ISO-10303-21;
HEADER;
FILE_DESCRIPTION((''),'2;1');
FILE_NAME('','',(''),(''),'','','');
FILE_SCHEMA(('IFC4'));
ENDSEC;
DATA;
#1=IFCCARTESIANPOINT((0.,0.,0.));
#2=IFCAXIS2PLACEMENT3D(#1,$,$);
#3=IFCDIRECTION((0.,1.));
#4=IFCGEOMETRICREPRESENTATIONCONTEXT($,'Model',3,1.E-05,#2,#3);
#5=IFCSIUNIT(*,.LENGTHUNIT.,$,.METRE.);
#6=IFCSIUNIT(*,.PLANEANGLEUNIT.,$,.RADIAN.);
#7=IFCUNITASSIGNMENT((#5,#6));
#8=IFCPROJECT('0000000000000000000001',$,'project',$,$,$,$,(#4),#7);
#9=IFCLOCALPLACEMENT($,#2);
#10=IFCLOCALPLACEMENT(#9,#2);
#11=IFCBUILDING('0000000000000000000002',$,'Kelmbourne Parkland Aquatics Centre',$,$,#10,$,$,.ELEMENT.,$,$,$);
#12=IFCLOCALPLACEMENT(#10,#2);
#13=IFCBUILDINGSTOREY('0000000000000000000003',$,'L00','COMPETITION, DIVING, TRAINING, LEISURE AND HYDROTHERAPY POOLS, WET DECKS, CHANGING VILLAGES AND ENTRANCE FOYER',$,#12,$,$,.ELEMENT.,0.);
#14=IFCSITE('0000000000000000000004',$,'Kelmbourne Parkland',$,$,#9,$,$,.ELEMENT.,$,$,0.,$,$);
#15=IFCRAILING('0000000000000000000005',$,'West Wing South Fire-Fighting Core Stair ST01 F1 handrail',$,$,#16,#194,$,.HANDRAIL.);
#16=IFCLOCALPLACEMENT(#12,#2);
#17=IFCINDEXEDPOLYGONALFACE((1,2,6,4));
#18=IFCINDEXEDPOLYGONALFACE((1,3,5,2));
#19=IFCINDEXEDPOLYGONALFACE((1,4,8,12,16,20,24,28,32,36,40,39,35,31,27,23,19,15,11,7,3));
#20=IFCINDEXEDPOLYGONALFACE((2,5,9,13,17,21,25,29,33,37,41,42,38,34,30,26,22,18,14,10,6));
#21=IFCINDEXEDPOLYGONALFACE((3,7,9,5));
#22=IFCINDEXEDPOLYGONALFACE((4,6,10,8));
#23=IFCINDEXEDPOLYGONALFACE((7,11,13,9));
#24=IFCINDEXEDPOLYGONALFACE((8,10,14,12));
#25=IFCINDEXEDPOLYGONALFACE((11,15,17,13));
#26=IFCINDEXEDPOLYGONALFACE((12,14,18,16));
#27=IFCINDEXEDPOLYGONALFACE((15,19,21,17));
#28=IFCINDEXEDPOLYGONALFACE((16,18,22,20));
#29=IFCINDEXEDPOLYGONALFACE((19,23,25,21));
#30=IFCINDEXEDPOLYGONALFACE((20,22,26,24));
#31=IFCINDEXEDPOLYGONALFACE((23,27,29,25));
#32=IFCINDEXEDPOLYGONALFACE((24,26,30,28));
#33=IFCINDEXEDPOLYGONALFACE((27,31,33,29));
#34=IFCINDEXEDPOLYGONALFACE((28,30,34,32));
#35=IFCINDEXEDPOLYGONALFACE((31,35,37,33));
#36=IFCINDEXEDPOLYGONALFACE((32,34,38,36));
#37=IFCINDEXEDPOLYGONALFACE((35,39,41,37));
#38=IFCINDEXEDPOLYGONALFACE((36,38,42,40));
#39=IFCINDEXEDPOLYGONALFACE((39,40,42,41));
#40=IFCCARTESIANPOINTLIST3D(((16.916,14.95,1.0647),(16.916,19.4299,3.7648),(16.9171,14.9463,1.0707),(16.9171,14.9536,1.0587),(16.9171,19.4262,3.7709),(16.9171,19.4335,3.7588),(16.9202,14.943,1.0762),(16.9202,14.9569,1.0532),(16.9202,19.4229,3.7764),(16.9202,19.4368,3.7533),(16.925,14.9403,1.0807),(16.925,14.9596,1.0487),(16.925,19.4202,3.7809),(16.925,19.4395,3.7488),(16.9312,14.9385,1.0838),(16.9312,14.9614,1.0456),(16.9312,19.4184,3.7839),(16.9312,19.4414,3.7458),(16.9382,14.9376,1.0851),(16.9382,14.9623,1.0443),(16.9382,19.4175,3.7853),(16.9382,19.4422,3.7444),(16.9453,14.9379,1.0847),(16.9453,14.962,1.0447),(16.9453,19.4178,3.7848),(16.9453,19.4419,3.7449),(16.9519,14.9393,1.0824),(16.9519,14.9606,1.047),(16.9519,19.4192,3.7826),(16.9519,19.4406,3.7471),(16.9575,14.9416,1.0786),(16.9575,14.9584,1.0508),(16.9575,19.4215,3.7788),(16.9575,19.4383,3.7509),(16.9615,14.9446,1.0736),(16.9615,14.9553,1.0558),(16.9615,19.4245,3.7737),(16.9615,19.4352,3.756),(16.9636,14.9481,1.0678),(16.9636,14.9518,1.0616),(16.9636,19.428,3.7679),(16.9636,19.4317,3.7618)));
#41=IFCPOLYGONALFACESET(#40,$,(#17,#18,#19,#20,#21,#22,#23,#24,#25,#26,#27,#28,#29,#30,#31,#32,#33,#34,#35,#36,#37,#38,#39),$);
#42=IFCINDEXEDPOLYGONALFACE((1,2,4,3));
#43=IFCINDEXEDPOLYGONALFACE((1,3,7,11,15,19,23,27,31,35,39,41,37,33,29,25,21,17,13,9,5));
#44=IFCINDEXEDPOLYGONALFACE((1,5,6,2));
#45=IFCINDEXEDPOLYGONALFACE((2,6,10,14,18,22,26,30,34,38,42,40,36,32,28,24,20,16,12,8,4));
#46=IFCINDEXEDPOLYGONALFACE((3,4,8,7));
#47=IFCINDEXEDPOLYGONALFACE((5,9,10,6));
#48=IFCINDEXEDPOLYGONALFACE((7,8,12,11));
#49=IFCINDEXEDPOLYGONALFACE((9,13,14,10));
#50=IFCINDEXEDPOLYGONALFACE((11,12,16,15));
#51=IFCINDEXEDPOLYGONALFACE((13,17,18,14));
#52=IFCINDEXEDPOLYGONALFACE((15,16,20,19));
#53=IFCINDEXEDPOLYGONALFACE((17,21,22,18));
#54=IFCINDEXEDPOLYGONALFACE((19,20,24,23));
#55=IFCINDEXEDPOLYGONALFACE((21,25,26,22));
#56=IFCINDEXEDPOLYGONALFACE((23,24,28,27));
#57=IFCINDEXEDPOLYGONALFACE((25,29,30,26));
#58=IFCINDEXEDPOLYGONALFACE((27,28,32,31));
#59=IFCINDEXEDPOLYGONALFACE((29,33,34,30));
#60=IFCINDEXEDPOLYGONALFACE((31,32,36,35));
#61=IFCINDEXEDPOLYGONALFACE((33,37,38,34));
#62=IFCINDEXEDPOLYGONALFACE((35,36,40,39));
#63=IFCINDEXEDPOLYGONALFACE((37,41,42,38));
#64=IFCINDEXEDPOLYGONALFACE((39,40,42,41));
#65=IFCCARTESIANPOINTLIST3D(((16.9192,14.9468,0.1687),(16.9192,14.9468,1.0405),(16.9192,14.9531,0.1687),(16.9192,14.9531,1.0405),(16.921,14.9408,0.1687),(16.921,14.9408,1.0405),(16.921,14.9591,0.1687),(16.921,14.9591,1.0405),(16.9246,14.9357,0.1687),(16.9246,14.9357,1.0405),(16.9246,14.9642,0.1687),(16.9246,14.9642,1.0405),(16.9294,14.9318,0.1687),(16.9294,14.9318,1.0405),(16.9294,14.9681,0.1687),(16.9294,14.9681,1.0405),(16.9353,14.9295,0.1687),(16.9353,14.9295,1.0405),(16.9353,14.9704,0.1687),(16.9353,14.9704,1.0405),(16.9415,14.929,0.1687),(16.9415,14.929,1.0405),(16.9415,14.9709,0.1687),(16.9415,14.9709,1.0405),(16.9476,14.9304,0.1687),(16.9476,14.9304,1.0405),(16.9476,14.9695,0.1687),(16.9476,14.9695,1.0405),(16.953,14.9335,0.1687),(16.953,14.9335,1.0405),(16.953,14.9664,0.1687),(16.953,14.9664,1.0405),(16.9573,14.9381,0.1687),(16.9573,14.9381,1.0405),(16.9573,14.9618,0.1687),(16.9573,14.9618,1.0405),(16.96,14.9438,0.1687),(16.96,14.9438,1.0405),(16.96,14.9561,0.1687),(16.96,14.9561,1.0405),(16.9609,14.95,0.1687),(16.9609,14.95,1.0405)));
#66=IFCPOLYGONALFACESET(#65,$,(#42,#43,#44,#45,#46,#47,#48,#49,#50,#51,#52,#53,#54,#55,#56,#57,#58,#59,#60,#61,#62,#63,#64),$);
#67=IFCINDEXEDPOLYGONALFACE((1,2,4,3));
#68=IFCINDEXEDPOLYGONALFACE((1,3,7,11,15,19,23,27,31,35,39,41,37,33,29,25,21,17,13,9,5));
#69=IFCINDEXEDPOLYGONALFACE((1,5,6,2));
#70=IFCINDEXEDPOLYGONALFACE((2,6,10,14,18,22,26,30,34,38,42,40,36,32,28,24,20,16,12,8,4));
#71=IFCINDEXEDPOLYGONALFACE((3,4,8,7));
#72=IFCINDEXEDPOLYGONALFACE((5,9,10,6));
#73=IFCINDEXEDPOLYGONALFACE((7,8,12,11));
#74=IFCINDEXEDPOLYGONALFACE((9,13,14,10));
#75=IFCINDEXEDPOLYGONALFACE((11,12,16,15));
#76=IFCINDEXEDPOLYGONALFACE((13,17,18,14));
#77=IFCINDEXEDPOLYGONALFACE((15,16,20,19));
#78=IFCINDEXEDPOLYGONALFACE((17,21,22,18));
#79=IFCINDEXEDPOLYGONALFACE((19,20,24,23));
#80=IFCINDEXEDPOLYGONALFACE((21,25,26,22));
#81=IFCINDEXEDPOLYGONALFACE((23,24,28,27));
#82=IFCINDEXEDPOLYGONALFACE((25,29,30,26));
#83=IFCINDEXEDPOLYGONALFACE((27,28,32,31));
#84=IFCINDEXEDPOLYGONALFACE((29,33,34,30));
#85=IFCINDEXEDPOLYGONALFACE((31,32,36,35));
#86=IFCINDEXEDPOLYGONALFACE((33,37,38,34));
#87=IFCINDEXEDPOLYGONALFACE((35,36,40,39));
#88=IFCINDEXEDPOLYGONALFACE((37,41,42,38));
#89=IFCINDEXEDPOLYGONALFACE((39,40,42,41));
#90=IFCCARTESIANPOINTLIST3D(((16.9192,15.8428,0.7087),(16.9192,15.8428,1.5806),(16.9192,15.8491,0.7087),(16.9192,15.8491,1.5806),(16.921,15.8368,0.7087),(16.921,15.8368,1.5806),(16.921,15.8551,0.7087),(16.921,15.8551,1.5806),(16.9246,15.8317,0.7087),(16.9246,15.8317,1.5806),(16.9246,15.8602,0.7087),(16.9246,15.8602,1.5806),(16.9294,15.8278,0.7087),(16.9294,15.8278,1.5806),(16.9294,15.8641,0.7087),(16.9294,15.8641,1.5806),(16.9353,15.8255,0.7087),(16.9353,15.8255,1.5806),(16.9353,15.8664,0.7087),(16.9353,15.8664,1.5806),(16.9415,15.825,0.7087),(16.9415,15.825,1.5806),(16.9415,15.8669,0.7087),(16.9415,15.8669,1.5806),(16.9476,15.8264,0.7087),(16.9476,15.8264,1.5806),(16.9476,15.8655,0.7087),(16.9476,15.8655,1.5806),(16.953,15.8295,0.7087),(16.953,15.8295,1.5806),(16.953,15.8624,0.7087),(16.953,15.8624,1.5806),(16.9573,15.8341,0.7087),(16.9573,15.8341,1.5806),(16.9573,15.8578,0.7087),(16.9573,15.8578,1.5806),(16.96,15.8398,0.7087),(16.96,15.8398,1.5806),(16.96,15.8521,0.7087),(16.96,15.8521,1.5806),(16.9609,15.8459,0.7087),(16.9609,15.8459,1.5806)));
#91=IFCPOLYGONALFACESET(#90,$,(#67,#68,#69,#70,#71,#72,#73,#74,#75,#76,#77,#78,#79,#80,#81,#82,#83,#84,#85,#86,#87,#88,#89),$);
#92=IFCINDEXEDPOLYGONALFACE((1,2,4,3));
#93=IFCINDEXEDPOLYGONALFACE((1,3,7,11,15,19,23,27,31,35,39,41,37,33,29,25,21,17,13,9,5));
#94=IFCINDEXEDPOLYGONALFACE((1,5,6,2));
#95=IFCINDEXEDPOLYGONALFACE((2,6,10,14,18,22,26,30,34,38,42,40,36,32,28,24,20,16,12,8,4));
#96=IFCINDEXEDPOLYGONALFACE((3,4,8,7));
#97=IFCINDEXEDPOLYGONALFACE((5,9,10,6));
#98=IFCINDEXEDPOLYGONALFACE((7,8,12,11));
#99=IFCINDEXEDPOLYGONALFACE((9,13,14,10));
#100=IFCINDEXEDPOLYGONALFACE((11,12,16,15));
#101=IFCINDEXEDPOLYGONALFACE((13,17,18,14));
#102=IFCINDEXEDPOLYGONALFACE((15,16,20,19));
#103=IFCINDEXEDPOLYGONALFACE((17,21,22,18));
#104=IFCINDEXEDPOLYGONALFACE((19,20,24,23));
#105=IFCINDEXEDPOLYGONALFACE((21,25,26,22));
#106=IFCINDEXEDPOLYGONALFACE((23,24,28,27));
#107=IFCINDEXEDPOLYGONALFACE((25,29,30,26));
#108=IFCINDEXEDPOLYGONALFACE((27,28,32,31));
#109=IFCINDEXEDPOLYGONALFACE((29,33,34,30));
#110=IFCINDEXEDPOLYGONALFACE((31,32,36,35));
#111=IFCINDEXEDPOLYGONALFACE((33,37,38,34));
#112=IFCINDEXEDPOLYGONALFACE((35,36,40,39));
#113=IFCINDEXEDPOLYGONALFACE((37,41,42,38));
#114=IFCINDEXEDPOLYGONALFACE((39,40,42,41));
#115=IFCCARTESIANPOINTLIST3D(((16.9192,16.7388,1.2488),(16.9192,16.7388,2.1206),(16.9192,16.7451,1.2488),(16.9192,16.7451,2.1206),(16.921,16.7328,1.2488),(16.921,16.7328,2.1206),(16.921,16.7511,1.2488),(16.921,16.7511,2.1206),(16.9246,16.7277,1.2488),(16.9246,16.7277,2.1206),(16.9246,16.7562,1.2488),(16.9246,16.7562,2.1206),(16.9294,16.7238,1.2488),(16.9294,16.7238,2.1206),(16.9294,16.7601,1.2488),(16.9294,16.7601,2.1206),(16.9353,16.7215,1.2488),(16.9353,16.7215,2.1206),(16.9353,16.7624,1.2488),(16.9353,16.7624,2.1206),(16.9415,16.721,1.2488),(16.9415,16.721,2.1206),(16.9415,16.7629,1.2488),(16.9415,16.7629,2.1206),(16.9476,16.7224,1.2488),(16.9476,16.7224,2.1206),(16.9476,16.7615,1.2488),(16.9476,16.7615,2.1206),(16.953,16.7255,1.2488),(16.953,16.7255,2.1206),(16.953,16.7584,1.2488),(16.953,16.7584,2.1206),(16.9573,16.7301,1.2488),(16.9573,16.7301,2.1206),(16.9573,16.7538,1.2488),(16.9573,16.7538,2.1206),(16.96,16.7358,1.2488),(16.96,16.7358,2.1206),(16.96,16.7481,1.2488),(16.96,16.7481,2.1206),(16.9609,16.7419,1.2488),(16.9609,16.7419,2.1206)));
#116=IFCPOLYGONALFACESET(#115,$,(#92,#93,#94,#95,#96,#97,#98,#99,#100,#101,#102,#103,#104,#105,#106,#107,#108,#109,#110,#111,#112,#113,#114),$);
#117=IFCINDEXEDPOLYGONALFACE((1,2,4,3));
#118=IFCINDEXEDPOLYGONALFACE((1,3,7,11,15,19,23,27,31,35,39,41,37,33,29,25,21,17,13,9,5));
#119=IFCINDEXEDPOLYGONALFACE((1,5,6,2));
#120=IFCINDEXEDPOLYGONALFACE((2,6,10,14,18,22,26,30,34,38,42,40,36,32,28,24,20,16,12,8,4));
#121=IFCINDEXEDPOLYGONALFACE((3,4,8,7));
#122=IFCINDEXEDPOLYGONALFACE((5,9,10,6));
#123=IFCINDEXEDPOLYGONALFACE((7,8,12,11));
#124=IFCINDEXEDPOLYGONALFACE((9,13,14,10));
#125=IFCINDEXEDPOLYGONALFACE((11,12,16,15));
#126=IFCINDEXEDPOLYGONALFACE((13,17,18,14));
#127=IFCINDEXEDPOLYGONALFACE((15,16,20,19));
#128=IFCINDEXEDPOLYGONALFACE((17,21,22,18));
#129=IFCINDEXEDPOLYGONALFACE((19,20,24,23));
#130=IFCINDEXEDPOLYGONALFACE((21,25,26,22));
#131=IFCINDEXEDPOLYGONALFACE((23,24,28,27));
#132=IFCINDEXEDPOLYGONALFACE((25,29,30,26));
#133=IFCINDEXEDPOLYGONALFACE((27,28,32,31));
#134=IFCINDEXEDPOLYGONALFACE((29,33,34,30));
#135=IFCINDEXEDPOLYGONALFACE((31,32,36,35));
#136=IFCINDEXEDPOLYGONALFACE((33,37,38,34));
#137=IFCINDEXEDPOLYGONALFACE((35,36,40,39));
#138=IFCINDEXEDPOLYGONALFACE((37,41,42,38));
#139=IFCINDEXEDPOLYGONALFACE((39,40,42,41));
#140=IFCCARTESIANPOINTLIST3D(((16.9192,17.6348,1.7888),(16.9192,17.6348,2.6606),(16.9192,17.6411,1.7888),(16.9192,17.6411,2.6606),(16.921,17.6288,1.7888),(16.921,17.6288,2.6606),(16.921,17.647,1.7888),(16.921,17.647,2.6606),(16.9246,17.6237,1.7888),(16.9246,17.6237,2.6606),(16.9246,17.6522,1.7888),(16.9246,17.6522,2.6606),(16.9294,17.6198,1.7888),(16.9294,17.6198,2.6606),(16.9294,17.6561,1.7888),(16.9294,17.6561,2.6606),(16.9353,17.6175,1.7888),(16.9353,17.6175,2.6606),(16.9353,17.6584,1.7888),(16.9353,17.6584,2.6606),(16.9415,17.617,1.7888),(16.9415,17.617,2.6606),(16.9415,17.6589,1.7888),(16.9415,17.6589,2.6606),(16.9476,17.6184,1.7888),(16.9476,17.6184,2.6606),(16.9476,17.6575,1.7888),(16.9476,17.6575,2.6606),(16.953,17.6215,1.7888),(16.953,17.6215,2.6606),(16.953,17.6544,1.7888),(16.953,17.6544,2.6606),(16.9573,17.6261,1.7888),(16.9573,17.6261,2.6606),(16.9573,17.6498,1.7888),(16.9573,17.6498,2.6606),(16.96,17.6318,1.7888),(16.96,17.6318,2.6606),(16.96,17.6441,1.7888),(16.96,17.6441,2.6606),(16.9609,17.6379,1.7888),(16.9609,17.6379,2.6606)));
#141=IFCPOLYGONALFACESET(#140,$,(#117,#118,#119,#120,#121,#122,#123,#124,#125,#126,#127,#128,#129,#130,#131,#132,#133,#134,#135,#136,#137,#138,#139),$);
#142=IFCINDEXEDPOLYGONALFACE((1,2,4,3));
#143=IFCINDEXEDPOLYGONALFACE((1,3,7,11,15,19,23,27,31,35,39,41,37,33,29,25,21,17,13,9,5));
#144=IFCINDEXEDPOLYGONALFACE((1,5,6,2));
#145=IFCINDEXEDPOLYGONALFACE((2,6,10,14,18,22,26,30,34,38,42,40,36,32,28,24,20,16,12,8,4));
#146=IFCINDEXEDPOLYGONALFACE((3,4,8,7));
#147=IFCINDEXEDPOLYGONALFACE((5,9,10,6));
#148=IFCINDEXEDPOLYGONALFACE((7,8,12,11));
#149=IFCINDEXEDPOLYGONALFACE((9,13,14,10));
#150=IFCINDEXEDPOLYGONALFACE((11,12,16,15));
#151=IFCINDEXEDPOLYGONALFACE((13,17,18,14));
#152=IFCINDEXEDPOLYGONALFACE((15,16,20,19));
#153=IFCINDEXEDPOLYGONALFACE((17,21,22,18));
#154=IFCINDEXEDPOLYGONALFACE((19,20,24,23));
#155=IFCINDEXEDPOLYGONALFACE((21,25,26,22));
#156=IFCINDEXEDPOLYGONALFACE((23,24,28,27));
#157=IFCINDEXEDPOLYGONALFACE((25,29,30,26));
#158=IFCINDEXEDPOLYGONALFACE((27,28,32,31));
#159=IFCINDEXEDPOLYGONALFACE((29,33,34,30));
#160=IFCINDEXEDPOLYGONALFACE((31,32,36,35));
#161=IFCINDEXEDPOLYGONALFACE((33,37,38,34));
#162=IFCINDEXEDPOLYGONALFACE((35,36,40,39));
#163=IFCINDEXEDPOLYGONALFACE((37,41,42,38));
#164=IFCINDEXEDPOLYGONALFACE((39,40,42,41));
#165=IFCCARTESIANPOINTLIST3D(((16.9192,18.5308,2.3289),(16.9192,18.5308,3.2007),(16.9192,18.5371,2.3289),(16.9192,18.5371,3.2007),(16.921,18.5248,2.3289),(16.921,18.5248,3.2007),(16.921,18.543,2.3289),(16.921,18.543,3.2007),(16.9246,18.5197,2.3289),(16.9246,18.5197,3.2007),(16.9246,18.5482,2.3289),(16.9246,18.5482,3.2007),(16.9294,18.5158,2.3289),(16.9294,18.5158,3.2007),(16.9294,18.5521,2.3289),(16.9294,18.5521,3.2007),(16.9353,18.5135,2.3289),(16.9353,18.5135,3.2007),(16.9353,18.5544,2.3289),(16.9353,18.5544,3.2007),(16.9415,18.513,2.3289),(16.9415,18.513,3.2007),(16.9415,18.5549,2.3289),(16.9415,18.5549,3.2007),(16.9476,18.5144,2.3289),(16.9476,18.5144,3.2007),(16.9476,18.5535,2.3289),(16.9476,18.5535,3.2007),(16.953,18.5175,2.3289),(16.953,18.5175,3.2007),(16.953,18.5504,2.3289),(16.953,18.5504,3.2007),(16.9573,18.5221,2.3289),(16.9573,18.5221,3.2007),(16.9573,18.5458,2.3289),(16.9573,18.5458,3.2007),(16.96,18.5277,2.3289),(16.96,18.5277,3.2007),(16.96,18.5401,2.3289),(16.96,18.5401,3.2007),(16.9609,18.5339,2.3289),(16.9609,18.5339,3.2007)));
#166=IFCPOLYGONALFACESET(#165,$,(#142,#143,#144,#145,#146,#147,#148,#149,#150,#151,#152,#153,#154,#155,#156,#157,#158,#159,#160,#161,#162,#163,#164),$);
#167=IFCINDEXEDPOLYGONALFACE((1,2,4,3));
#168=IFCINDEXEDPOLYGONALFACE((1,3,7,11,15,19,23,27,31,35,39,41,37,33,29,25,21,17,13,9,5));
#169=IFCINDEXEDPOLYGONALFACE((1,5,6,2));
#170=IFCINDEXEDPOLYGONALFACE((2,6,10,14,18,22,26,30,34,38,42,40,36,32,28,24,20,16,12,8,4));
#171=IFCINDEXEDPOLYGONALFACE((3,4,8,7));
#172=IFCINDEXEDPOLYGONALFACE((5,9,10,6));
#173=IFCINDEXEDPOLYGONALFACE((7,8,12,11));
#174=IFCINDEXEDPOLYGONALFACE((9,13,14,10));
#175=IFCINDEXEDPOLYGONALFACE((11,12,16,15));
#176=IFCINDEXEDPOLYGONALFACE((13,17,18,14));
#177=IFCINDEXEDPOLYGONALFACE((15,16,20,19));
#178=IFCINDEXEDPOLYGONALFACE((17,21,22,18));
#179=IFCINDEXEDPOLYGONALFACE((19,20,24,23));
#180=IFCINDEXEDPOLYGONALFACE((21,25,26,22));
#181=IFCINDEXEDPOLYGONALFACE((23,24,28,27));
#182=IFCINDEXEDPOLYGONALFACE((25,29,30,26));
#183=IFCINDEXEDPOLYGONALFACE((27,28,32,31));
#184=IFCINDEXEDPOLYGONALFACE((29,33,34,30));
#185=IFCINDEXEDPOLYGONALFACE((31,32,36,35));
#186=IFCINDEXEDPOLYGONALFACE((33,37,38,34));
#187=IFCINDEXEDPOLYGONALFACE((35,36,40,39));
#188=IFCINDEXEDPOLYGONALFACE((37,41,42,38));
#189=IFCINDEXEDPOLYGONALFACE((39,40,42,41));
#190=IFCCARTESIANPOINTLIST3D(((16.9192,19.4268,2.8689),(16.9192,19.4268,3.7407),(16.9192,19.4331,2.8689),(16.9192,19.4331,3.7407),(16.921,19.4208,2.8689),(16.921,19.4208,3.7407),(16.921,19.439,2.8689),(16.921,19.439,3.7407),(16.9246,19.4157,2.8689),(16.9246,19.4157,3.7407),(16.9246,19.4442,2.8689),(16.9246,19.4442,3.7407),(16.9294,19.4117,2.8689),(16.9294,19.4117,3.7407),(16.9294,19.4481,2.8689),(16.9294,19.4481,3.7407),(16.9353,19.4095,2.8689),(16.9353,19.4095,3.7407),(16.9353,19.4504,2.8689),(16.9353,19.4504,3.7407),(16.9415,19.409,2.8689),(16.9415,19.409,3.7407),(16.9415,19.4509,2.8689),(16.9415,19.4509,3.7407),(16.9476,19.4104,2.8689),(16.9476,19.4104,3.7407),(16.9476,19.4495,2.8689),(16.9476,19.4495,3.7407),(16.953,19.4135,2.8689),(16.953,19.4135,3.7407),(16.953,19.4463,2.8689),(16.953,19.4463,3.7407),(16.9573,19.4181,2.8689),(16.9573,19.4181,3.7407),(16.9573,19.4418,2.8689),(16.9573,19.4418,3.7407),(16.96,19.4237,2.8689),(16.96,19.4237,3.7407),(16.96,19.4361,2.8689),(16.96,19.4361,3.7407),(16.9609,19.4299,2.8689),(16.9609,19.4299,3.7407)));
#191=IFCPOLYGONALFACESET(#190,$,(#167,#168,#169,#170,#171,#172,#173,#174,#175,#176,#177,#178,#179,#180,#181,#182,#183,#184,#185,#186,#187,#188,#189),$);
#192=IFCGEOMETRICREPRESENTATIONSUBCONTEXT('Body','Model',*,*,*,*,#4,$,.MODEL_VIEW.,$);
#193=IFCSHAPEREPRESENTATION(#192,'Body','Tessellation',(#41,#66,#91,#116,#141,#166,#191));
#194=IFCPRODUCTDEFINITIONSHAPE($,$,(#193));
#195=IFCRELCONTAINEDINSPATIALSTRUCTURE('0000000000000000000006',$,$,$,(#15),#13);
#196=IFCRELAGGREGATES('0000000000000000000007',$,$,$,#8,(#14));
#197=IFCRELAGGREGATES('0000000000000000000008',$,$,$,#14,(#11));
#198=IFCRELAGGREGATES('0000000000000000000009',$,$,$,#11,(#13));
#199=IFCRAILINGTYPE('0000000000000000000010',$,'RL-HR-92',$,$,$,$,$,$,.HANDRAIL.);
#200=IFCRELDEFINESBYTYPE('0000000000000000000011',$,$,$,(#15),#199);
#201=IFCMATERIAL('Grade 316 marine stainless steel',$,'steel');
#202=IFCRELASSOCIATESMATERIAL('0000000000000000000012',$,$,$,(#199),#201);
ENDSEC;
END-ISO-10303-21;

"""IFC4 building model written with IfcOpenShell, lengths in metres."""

from ifc_helpers import new_model, si_unit, direction, frame, origin, origin_2d, place, context, subcontext, project, spatial, circle, extrude, material, type_object, element, save


model = new_model("IFC4")

# Units and contexts
model_context = context("Model", 3, precision=1e-05, world=origin(), true_north=direction((0.0, 1.0)))
body_context = subcontext(model_context, "Body", "Model", "MODEL_VIEW")
ifc_project = project(units=[si_unit("LENGTHUNIT", "METRE"), si_unit("PLANEANGLEUNIT", "RADIAN")], contexts=[model_context])

# Site, building, storey
site_placement = place(None, origin())
site = spatial("IfcSite", under=ifc_project, at=site_placement, Name="Kelmbourne Parkland", CompositionType="ELEMENT", RefElevation=0.0)
building_placement = place(site_placement, origin())
building = spatial("IfcBuilding", under=site, at=building_placement, Name="Kelmbourne Parkland Aquatics Centre", CompositionType="ELEMENT")
storey_placement = place(building_placement, origin())
storey = spatial("IfcBuildingStorey", under=building, at=storey_placement, Name="L00", Description="COMPETITION, DIVING, TRAINING, LEISURE AND HYDROTHERAPY POOLS, WET DECKS, CHANGING VILLAGES AND ENTRANCE FOYER", CompositionType="ELEMENT", Elevation=0.0)

# Railing
ifc_material_1 = material(Name="Grade 316 marine stainless steel", Category="steel")
railing_type_1 = type_object("IfcRailingType", Name="RL-HR-92", PredefinedType="HANDRAIL", material=ifc_material_1)
railing_1_placement = place(storey_placement, frame((16.9399, 14.95, 0.1687)))
element("IfcRailing", 1, at=railing_1_placement, inside=storey, type_object=railing_type_1, Name="West Wing South Fire-Fighting Core Stair ST01 F1 handrail", PredefinedType="HANDRAIL", context=body_context, shape_type="SweptSolid", body=[
    extrude(circle(Radius=0.0239, at=origin_2d()), frame((0.0, 0.0, 0.896), z_axis=(0.0, 0.856462, 0.516211), x_axis=(-1.0, 0.0, 0.0)), (0.0, 0.0, 1.0), 5.2307),
    extrude(circle(Radius=0.021, at=origin_2d()), origin(), (0.0, 0.0, 1.0), 0.8718),
    extrude(circle(Radius=0.021, at=origin_2d()), frame((0.0, 0.896, 0.54)), (0.0, 0.0, 1.0), 0.8718),
    extrude(circle(Radius=0.021, at=origin_2d()), frame((0.0, 1.792, 1.0801)), (0.0, 0.0, 1.0), 0.8718),
    extrude(circle(Radius=0.021, at=origin_2d()), frame((0.0, 2.688, 1.6201)), (0.0, 0.0, 1.0), 0.8718),
    extrude(circle(Radius=0.021, at=origin_2d()), frame((0.0, 3.584, 2.1602)), (0.0, 0.0, 1.0), 0.8718),
    extrude(circle(Radius=0.021, at=origin_2d()), frame((0.0, 4.48, 2.7002)), (0.0, 0.0, 1.0), 0.8718),
])

save(model, "model.ifc")
